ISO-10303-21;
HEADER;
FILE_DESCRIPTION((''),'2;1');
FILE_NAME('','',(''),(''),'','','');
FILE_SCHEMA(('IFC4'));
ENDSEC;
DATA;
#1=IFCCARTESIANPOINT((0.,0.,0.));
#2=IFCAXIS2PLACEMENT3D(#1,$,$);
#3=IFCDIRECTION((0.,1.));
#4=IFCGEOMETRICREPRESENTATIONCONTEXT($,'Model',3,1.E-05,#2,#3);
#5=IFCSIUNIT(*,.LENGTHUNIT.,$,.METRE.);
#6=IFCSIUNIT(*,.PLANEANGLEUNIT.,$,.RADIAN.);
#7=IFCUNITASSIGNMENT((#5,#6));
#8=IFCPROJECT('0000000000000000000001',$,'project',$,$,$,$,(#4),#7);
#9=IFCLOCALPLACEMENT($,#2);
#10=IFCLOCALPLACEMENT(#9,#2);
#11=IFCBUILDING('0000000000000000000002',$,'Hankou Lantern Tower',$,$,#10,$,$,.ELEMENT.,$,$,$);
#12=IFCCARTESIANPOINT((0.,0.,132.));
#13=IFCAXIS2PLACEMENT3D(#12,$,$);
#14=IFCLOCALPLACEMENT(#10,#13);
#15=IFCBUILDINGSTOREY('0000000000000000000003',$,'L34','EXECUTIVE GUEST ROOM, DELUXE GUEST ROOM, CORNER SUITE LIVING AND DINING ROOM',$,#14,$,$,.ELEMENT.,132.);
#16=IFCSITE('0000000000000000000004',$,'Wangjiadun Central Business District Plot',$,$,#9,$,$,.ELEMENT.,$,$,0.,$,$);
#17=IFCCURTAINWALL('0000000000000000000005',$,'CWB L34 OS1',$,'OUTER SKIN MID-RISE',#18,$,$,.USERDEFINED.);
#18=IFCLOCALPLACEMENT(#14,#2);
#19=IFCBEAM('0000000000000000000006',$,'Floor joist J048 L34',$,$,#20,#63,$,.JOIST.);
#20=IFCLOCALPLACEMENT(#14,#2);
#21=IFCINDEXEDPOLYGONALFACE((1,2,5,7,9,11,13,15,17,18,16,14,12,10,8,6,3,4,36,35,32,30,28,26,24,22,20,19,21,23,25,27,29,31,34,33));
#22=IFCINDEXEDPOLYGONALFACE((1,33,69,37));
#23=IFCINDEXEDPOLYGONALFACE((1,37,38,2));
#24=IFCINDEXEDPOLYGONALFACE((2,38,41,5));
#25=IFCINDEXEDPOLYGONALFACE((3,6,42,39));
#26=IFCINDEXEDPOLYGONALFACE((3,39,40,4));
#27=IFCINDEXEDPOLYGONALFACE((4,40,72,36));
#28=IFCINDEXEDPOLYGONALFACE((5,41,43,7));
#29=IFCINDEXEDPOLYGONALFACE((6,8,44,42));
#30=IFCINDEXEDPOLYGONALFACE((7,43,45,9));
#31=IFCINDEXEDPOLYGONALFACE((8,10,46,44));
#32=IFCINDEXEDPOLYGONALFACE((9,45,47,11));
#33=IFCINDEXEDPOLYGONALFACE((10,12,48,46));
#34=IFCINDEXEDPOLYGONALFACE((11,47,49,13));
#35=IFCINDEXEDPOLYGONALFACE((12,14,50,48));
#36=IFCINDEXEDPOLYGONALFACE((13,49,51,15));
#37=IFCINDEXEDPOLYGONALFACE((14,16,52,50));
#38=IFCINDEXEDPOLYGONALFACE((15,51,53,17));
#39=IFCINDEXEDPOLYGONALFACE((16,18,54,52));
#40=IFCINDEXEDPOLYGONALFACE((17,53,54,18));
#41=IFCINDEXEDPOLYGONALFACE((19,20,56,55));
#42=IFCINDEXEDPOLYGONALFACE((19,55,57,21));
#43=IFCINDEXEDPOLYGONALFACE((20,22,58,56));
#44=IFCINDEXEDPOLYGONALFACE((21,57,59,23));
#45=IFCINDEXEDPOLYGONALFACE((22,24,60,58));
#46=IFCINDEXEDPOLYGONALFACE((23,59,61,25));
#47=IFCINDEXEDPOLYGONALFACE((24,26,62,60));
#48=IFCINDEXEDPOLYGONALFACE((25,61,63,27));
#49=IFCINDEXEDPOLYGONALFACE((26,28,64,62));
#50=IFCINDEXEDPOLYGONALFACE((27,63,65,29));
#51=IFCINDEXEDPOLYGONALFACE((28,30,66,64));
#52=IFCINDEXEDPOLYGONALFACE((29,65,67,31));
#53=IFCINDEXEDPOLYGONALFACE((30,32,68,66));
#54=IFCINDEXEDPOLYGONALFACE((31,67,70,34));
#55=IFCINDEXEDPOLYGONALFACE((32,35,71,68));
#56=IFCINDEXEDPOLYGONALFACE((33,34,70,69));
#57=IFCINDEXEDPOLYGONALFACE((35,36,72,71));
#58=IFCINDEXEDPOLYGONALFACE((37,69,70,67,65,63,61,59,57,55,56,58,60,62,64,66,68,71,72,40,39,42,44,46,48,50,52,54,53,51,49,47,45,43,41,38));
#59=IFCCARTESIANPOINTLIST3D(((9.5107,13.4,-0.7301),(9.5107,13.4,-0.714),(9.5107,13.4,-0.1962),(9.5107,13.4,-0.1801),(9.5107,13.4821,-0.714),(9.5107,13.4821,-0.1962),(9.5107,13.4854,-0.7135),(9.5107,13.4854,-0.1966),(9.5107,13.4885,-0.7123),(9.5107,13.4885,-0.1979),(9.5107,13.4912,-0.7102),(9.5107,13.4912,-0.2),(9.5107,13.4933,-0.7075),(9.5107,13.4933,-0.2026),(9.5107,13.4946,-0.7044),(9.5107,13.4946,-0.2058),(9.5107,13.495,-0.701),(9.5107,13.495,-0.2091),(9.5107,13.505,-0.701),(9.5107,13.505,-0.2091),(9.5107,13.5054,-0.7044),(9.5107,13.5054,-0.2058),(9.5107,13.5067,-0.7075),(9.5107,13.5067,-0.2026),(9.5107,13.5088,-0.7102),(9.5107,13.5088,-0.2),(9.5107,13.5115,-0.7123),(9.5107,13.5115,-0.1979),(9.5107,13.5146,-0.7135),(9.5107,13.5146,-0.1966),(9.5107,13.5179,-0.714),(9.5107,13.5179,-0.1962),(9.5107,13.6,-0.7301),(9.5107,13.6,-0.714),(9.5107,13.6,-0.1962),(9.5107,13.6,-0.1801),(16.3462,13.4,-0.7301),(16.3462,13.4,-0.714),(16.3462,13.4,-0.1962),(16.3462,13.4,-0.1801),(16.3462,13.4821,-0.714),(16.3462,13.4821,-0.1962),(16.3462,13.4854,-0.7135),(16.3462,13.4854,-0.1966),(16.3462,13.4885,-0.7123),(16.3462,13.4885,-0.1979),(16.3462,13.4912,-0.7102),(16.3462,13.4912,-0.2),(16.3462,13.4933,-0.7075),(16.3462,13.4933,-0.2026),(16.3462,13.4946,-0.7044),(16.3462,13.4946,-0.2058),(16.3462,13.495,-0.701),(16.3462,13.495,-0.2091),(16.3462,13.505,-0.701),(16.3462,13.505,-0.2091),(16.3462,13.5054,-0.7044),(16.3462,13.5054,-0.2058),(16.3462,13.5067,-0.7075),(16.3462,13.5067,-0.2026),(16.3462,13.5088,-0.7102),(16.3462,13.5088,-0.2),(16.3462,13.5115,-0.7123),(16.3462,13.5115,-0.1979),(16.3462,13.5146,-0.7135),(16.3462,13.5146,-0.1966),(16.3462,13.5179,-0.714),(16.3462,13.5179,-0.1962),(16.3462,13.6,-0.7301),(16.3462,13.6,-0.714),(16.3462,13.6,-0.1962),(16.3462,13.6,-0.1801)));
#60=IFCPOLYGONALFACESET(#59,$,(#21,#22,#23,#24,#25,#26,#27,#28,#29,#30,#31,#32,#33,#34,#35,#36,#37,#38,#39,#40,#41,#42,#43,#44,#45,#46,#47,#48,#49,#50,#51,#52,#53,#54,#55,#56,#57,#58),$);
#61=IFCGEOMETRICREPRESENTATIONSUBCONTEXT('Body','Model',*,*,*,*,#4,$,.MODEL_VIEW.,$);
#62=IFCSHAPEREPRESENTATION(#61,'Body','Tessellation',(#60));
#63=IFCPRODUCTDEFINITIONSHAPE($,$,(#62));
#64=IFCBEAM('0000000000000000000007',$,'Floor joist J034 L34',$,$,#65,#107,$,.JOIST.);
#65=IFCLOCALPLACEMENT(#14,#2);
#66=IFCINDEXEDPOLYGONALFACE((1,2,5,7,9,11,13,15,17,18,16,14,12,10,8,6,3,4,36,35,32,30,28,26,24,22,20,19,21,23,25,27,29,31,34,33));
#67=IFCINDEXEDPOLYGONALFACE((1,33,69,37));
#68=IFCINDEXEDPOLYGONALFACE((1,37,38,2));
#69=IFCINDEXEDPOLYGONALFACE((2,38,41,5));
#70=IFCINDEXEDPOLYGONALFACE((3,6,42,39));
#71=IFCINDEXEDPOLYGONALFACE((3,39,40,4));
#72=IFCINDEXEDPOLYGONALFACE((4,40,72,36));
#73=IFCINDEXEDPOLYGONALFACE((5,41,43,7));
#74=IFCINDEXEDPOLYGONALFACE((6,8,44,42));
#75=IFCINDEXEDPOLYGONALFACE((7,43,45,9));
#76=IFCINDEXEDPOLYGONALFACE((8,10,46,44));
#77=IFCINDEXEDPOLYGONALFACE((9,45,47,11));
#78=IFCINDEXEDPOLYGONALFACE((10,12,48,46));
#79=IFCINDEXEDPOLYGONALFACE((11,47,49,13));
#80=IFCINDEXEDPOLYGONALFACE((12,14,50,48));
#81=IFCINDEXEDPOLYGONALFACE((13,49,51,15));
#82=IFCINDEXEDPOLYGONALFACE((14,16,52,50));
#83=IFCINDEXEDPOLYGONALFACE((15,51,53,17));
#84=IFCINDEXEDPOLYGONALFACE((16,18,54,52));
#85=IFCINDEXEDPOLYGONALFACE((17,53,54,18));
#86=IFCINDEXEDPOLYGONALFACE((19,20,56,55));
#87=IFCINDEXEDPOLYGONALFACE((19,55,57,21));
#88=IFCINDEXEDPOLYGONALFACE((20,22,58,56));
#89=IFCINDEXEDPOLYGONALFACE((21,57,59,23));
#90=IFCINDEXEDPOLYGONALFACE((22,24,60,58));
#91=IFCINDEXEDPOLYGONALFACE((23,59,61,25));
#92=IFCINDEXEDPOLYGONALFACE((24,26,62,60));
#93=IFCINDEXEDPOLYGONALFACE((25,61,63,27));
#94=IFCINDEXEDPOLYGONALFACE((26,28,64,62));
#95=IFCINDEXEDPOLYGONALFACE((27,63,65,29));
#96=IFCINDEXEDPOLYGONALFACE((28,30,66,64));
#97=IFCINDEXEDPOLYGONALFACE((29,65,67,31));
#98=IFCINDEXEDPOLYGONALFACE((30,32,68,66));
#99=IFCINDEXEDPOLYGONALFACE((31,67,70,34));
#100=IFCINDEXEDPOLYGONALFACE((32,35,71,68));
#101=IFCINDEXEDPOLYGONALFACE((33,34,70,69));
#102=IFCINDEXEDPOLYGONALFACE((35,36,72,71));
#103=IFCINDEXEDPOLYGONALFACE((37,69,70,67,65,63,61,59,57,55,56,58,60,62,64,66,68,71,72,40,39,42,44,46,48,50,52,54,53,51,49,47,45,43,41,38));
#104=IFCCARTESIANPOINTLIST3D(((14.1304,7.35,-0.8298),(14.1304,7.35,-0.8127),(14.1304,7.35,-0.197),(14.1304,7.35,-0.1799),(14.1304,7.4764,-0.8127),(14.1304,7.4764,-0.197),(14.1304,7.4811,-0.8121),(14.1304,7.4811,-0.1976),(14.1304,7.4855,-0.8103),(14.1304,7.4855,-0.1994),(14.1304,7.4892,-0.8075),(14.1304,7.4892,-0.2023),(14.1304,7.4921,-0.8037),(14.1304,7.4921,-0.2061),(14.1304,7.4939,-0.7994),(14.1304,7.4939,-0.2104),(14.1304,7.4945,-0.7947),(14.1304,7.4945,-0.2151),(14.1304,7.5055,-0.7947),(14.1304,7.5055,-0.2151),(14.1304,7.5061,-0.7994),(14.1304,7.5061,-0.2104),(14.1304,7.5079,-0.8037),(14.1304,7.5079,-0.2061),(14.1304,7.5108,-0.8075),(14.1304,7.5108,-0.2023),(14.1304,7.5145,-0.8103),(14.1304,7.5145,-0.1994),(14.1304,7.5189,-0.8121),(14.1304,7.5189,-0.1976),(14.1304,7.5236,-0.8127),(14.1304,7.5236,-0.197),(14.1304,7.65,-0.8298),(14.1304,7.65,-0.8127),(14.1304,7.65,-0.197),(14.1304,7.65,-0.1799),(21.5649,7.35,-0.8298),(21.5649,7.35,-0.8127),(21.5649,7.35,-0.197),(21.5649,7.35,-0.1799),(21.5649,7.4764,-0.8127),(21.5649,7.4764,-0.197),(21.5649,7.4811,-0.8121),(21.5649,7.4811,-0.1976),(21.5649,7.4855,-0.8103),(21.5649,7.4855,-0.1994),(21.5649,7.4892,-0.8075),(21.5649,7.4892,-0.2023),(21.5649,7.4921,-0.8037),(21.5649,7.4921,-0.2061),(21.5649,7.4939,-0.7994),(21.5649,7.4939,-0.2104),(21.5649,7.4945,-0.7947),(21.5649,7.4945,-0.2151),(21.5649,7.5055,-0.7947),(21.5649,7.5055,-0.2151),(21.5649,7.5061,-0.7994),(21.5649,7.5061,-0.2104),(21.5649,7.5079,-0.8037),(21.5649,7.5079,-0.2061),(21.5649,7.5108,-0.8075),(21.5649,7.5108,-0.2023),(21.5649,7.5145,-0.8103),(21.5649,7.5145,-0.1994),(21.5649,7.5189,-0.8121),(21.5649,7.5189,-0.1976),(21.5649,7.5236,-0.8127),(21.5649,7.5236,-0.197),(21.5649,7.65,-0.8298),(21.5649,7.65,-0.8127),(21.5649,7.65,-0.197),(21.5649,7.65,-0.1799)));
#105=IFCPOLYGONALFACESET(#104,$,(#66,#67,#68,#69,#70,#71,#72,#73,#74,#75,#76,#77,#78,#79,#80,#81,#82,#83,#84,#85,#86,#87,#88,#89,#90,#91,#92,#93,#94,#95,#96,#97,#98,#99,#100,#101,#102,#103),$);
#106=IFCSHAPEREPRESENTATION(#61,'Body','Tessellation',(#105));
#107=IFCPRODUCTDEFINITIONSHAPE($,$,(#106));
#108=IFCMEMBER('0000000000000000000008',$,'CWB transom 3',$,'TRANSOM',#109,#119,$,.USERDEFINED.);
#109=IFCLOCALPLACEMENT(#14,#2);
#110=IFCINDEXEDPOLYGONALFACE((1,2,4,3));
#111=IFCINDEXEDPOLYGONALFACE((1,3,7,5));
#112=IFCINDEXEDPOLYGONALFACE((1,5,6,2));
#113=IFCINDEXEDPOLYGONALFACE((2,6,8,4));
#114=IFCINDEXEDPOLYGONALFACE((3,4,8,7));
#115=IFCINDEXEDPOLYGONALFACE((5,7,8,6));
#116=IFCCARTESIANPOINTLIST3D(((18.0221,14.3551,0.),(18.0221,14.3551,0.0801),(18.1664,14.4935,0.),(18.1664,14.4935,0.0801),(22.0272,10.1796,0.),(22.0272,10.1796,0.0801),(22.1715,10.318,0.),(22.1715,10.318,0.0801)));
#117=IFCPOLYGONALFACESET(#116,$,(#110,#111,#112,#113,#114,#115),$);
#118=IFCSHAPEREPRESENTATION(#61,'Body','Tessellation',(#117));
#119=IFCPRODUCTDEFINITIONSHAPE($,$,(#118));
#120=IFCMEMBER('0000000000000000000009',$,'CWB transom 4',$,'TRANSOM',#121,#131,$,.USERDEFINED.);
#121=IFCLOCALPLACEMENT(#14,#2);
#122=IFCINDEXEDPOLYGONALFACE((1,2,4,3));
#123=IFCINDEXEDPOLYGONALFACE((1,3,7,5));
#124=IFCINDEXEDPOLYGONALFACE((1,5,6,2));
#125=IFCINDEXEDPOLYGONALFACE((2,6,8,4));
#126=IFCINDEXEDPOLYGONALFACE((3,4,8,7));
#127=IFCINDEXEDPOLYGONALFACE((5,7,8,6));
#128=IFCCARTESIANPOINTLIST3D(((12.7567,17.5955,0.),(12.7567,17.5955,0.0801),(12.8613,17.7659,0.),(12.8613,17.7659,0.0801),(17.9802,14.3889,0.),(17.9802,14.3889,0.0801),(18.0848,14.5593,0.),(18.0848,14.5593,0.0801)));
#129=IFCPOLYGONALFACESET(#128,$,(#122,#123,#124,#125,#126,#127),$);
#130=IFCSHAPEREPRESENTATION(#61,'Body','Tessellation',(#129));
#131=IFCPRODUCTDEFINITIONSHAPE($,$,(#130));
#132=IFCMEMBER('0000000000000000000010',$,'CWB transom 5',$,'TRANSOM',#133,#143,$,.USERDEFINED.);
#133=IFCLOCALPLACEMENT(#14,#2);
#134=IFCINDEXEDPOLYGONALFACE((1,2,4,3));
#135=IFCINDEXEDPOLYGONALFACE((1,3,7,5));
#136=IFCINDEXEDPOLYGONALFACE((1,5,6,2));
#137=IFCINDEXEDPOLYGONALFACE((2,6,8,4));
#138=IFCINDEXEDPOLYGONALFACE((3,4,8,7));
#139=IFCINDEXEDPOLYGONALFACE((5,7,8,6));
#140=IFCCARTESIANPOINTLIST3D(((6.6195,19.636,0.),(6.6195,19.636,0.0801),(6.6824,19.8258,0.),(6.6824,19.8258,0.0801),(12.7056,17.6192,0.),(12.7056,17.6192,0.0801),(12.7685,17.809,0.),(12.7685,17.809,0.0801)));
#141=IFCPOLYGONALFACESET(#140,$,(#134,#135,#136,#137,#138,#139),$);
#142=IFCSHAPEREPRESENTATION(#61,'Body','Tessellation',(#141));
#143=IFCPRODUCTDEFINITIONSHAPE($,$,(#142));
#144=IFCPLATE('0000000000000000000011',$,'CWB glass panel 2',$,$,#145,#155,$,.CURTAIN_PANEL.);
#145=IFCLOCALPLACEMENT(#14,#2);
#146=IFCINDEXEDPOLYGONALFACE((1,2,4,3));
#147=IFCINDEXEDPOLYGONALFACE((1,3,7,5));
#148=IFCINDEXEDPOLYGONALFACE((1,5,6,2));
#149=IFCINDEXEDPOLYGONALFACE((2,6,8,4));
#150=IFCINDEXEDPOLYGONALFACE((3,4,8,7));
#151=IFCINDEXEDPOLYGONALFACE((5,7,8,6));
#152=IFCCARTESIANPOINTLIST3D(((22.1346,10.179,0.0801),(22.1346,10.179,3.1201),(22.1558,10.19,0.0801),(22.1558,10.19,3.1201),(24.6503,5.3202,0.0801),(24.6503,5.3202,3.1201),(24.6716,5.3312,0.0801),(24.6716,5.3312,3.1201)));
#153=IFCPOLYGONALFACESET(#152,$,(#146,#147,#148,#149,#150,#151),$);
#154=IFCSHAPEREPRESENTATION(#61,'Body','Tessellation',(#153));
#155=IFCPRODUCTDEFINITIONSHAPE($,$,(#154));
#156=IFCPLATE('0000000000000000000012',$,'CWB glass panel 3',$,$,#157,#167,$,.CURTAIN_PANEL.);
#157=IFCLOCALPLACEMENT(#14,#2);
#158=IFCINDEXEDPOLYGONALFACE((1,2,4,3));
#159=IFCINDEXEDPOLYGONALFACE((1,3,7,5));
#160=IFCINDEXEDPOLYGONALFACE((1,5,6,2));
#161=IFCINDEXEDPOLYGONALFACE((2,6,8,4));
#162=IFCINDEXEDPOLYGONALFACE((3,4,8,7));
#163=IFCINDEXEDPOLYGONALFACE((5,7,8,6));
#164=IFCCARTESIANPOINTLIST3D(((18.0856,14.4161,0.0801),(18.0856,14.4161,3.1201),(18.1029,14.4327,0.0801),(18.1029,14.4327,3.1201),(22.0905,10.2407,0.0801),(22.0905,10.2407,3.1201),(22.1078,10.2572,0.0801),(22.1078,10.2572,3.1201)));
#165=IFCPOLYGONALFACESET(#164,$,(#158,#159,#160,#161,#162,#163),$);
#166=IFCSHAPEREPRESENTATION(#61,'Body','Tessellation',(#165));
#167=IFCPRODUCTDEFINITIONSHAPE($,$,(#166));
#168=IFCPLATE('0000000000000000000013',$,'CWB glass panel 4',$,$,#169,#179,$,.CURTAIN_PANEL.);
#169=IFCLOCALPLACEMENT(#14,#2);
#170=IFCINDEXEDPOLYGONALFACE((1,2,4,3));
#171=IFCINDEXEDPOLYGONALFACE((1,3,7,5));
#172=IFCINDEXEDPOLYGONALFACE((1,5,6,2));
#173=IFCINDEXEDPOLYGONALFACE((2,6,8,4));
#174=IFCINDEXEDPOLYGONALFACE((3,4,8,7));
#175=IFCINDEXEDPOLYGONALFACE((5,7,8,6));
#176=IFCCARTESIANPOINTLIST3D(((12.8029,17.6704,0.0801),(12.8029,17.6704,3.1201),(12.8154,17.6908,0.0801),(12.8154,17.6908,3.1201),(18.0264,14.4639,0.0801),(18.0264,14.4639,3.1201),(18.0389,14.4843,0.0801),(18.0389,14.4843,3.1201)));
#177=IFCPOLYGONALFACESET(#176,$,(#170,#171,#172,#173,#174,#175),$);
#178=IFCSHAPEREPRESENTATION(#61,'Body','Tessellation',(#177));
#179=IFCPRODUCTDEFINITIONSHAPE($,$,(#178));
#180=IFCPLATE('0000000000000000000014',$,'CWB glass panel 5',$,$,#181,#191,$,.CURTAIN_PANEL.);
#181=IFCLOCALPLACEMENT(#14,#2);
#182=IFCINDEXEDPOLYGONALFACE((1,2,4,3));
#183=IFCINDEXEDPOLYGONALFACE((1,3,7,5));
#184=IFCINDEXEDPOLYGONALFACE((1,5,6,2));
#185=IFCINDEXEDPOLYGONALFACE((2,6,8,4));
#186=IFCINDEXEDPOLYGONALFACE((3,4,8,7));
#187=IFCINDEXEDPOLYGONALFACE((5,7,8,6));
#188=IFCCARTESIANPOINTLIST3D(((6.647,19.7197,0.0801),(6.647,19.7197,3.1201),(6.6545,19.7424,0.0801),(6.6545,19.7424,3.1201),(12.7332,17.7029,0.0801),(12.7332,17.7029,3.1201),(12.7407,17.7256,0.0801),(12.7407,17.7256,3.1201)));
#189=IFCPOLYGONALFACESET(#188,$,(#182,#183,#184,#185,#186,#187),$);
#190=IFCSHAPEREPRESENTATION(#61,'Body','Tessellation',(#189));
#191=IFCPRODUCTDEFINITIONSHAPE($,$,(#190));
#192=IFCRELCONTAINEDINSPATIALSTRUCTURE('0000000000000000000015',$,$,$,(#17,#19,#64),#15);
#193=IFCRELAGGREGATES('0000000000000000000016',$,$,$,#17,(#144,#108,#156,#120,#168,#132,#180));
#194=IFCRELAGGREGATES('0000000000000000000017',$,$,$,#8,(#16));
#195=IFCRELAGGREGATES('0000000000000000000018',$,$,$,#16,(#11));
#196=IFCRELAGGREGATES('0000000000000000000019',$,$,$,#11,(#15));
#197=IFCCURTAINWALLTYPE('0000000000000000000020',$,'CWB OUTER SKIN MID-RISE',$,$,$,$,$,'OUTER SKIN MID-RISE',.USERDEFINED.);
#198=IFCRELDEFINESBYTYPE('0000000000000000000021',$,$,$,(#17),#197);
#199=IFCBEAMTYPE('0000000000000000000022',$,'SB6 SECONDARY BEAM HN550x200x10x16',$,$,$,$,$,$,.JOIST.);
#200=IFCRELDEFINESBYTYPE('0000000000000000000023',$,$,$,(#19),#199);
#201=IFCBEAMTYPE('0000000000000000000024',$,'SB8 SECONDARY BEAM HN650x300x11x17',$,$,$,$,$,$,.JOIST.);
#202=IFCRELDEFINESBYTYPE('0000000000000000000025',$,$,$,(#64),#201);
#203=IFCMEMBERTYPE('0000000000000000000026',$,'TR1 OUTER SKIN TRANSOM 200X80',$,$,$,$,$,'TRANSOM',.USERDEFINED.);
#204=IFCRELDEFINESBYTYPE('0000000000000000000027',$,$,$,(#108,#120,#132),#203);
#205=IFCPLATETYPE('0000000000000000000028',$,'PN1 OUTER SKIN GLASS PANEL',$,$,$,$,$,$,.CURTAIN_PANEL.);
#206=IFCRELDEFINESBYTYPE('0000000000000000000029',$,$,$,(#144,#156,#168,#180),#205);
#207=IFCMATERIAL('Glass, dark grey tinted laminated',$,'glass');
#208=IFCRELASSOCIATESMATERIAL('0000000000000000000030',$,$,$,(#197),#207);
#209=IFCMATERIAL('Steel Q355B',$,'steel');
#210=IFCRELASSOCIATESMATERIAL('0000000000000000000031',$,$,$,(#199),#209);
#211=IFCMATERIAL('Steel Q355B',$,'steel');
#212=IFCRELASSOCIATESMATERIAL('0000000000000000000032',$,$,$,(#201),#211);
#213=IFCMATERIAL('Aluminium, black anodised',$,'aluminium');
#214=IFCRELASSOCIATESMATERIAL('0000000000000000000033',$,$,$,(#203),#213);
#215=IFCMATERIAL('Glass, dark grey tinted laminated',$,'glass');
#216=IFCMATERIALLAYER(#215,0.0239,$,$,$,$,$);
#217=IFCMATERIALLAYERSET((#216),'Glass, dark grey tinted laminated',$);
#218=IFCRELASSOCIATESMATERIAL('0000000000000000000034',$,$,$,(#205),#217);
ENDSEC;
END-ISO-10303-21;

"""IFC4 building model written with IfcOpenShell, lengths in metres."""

from ifc_helpers import new_model, si_unit, direction, frame, origin, origin_2d, place, context, subcontext, project, spatial, rectangle, i_section, extrude, material, layer, layer_set, material_profile, profile_set, type_object, element, aggregate, save


model = new_model("IFC4")

# Units and contexts
model_context = context("Model", 3, precision=1e-05, world=origin(), true_north=direction((0.0, 1.0)))
body_context = subcontext(model_context, "Body", "Model", "MODEL_VIEW")
ifc_project = project(units=[si_unit("LENGTHUNIT", "METRE"), si_unit("PLANEANGLEUNIT", "RADIAN")], contexts=[model_context])

# Site, building, storey
site_placement = place(None, origin())
site = spatial("IfcSite", under=ifc_project, at=site_placement, Name="Wangjiadun Central Business District Plot", CompositionType="ELEMENT", RefElevation=0.0)
building_placement = place(site_placement, origin())
building = spatial("IfcBuilding", under=site, at=building_placement, Name="Hankou Lantern Tower", CompositionType="ELEMENT")
storey_placement = place(building_placement, frame((0.0, 0.0, 132.0)))
storey = spatial("IfcBuildingStorey", under=building, at=storey_placement, Name="L34", Description="EXECUTIVE GUEST ROOM, DELUXE GUEST ROOM, CORNER SUITE LIVING AND DINING ROOM", CompositionType="ELEMENT", Elevation=132.0)

# Curtain wall
ifc_material_1 = material(Name="Glass, dark grey tinted laminated", Category="glass")
curtain_wall_type = type_object("IfcCurtainWallType", Name="CWB OUTER SKIN MID-RISE", ElementType="OUTER SKIN MID-RISE", PredefinedType="USERDEFINED", material=ifc_material_1)
curtain_wall_placement = place(storey_placement, origin())
curtain_wall = element("IfcCurtainWall", 1, at=curtain_wall_placement, inside=storey, type_object=curtain_wall_type, Name="CWB L34 OS1", ObjectType="OUTER SKIN MID-RISE", PredefinedType="USERDEFINED")

# Beams
ifc_material_2 = material(Name="Steel Q355B", Category="steel")
ifc_material_profile_1 = material_profile(ifc_material_2, i_section(OverallWidth=0.2, OverallDepth=0.55, WebThickness=0.01, FlangeThickness=0.0161, FilletRadius=0.0129, at=origin_2d()), Name="HN550x200x10x16")
ifc_profile_set_1 = profile_set([ifc_material_profile_1], Name="Steel Q355B")
beam_type_1 = type_object("IfcBeamType", Name="SB6 SECONDARY BEAM HN550x200x10x16", PredefinedType="JOIST", material=ifc_profile_set_1)
beam_1_placement = place(storey_placement, frame((9.5107, 13.5, -0.4551), z_axis=(1.0, 0.0, 0.0), x_axis=(0.0, 1.0, 0.0)))
element("IfcBeam", 2, at=beam_1_placement, inside=storey, type_object=beam_type_1, Name="Floor joist J048 L34", PredefinedType="JOIST", context=body_context, shape_type="SweptSolid", body=[
    extrude(i_section(OverallWidth=0.2, OverallDepth=0.55, WebThickness=0.01, FlangeThickness=0.0161, FilletRadius=0.0129, at=origin_2d()), origin(), (0.0, 0.0, 1.0), 6.8354),
])
ifc_material_3 = material(Name="Steel Q355B", Category="steel")
ifc_material_profile_2 = material_profile(ifc_material_3, i_section(OverallWidth=0.3, OverallDepth=0.6499, WebThickness=0.011, FlangeThickness=0.0171, FilletRadius=0.0181, at=origin_2d()), Name="HN650x300x11x17")
ifc_profile_set_2 = profile_set([ifc_material_profile_2], Name="Steel Q355B")
beam_type_2 = type_object("IfcBeamType", Name="SB8 SECONDARY BEAM HN650x300x11x17", PredefinedType="JOIST", material=ifc_profile_set_2)
beam_2_placement = place(storey_placement, frame((14.1304, 7.5, -0.5049), z_axis=(1.0, 0.0, 0.0), x_axis=(0.0, 1.0, 0.0)))
element("IfcBeam", 3, at=beam_2_placement, inside=storey, type_object=beam_type_2, Name="Floor joist J034 L34", PredefinedType="JOIST", context=body_context, shape_type="SweptSolid", body=[
    extrude(i_section(OverallWidth=0.3, OverallDepth=0.6499, WebThickness=0.011, FlangeThickness=0.0171, FilletRadius=0.0181, at=origin_2d()), origin(), (0.0, 0.0, 1.0), 7.4346),
])

# Members
ifc_material_4 = material(Name="Aluminium, black anodised", Category="aluminium")
ifc_material_profile_3 = material_profile(ifc_material_4, rectangle(XDim=0.2, YDim=0.0801, at=origin_2d()), Name="TR1 200X80")
ifc_profile_set_3 = profile_set([ifc_material_profile_3], Name="Aluminium, black anodised")
member_type_1 = type_object("IfcMemberType", Name="TR1 OUTER SKIN TRANSOM 200X80", ElementType="TRANSOM", PredefinedType="USERDEFINED", material=ifc_profile_set_3)
member_1_placement = place(storey_placement, frame((22.0994, 10.2488, 0.04), z_axis=(-0.692227, 0.72168, 0.0), x_axis=(-0.72168, -0.692227, 0.0)))
member_1 = element("IfcMember", 4, at=member_1_placement, type_object=member_type_1, Name="CWB transom 3", ObjectType="TRANSOM", PredefinedType="USERDEFINED", context=body_context, shape_type="SweptSolid", body=[
    extrude(rectangle(XDim=0.2, YDim=0.0801, at=origin_2d()), origin(), (0.0, 0.0, 1.0), 5.7859),
])
member_2_placement = place(storey_placement, frame((18.0325, 14.4741, 0.04), z_axis=(-0.852229, 0.523168, 0.0), x_axis=(-0.523168, -0.852229, 0.0)))
member_2 = element("IfcMember", 5, at=member_2_placement, type_object=member_type_1, Name="CWB transom 4", ObjectType="TRANSOM", PredefinedType="USERDEFINED", context=body_context, shape_type="SweptSolid", body=[
    extrude(rectangle(XDim=0.2, YDim=0.0801, at=origin_2d()), origin(), (0.0, 0.0, 1.0), 6.1292),
])
member_3_placement = place(storey_placement, frame((12.7371, 17.7141, 0.04), z_axis=(-0.949238, 0.314559, 0.0), x_axis=(-0.314559, -0.949238, 0.0)))
member_3 = element("IfcMember", 6, at=member_3_placement, type_object=member_type_1, Name="CWB transom 5", ObjectType="TRANSOM", PredefinedType="USERDEFINED", context=body_context, shape_type="SweptSolid", body=[
    extrude(rectangle(XDim=0.2, YDim=0.0801, at=origin_2d()), origin(), (0.0, 0.0, 1.0), 6.4116),
])

# Plates
ifc_material_5 = material(Name="Glass, dark grey tinted laminated", Category="glass")
ifc_layer_1 = layer(ifc_material_5, 0.0239)
ifc_layer_set_1 = layer_set([ifc_layer_1], Name="Glass, dark grey tinted laminated")
plate_type = type_object("IfcPlateType", Name="PN1 OUTER SKIN GLASS PANEL", PredefinedType="CURTAIN_PANEL", material=ifc_layer_set_1)
plate_1_placement = place(storey_placement, frame((23.4031, 7.7551, 0.0801), z_axis=(0.0, 0.0, 1.0), x_axis=(-0.459791, 0.888027, 0.0)))
plate_1 = element("IfcPlate", 7, at=plate_1_placement, type_object=plate_type, Name="CWB glass panel 2", PredefinedType="CURTAIN_PANEL", context=body_context, shape_type="SweptSolid", body=[
    extrude(rectangle(XDim=5.4714, YDim=0.0239, at=origin_2d()), origin(), (0.0, 0.0, 1.0), 3.04),
])
plate_2_placement = place(storey_placement, frame((20.0967, 12.3367, 0.0801), z_axis=(0.0, 0.0, 1.0), x_axis=(-0.692216, 0.721691, 0.0)))
plate_2 = element("IfcPlate", 8, at=plate_2_placement, type_object=plate_type, Name="CWB glass panel 3", PredefinedType="CURTAIN_PANEL", context=body_context, shape_type="SweptSolid", body=[
    extrude(rectangle(XDim=5.7856, YDim=0.0239, at=origin_2d()), origin(), (0.0, 0.0, 1.0), 3.04),
])
plate_3_placement = place(storey_placement, frame((15.4209, 16.0774, 0.0801), z_axis=(0.0, 0.0, 1.0), x_axis=(-0.852237, 0.523156, 0.0)))
plate_3 = element("IfcPlate", 9, at=plate_3_placement, type_object=plate_type, Name="CWB glass panel 4", PredefinedType="CURTAIN_PANEL", context=body_context, shape_type="SweptSolid", body=[
    extrude(rectangle(XDim=6.1292, YDim=0.0239, at=origin_2d()), origin(), (0.0, 0.0, 1.0), 3.04),
])
plate_4_placement = place(storey_placement, frame((9.6938, 18.7227, 0.0801), z_axis=(0.0, 0.0, 1.0), x_axis=(-0.949241, 0.314551, 0.0)))
plate_4 = element("IfcPlate", 10, at=plate_4_placement, type_object=plate_type, Name="CWB glass panel 5", PredefinedType="CURTAIN_PANEL", context=body_context, shape_type="SweptSolid", body=[
    extrude(rectangle(XDim=6.4116, YDim=0.0239, at=origin_2d()), origin(), (0.0, 0.0, 1.0), 3.04),
])
aggregate(curtain_wall, [plate_1, member_1, plate_2, member_2, plate_3, member_3, plate_4])

save(model, "model.ifc")
